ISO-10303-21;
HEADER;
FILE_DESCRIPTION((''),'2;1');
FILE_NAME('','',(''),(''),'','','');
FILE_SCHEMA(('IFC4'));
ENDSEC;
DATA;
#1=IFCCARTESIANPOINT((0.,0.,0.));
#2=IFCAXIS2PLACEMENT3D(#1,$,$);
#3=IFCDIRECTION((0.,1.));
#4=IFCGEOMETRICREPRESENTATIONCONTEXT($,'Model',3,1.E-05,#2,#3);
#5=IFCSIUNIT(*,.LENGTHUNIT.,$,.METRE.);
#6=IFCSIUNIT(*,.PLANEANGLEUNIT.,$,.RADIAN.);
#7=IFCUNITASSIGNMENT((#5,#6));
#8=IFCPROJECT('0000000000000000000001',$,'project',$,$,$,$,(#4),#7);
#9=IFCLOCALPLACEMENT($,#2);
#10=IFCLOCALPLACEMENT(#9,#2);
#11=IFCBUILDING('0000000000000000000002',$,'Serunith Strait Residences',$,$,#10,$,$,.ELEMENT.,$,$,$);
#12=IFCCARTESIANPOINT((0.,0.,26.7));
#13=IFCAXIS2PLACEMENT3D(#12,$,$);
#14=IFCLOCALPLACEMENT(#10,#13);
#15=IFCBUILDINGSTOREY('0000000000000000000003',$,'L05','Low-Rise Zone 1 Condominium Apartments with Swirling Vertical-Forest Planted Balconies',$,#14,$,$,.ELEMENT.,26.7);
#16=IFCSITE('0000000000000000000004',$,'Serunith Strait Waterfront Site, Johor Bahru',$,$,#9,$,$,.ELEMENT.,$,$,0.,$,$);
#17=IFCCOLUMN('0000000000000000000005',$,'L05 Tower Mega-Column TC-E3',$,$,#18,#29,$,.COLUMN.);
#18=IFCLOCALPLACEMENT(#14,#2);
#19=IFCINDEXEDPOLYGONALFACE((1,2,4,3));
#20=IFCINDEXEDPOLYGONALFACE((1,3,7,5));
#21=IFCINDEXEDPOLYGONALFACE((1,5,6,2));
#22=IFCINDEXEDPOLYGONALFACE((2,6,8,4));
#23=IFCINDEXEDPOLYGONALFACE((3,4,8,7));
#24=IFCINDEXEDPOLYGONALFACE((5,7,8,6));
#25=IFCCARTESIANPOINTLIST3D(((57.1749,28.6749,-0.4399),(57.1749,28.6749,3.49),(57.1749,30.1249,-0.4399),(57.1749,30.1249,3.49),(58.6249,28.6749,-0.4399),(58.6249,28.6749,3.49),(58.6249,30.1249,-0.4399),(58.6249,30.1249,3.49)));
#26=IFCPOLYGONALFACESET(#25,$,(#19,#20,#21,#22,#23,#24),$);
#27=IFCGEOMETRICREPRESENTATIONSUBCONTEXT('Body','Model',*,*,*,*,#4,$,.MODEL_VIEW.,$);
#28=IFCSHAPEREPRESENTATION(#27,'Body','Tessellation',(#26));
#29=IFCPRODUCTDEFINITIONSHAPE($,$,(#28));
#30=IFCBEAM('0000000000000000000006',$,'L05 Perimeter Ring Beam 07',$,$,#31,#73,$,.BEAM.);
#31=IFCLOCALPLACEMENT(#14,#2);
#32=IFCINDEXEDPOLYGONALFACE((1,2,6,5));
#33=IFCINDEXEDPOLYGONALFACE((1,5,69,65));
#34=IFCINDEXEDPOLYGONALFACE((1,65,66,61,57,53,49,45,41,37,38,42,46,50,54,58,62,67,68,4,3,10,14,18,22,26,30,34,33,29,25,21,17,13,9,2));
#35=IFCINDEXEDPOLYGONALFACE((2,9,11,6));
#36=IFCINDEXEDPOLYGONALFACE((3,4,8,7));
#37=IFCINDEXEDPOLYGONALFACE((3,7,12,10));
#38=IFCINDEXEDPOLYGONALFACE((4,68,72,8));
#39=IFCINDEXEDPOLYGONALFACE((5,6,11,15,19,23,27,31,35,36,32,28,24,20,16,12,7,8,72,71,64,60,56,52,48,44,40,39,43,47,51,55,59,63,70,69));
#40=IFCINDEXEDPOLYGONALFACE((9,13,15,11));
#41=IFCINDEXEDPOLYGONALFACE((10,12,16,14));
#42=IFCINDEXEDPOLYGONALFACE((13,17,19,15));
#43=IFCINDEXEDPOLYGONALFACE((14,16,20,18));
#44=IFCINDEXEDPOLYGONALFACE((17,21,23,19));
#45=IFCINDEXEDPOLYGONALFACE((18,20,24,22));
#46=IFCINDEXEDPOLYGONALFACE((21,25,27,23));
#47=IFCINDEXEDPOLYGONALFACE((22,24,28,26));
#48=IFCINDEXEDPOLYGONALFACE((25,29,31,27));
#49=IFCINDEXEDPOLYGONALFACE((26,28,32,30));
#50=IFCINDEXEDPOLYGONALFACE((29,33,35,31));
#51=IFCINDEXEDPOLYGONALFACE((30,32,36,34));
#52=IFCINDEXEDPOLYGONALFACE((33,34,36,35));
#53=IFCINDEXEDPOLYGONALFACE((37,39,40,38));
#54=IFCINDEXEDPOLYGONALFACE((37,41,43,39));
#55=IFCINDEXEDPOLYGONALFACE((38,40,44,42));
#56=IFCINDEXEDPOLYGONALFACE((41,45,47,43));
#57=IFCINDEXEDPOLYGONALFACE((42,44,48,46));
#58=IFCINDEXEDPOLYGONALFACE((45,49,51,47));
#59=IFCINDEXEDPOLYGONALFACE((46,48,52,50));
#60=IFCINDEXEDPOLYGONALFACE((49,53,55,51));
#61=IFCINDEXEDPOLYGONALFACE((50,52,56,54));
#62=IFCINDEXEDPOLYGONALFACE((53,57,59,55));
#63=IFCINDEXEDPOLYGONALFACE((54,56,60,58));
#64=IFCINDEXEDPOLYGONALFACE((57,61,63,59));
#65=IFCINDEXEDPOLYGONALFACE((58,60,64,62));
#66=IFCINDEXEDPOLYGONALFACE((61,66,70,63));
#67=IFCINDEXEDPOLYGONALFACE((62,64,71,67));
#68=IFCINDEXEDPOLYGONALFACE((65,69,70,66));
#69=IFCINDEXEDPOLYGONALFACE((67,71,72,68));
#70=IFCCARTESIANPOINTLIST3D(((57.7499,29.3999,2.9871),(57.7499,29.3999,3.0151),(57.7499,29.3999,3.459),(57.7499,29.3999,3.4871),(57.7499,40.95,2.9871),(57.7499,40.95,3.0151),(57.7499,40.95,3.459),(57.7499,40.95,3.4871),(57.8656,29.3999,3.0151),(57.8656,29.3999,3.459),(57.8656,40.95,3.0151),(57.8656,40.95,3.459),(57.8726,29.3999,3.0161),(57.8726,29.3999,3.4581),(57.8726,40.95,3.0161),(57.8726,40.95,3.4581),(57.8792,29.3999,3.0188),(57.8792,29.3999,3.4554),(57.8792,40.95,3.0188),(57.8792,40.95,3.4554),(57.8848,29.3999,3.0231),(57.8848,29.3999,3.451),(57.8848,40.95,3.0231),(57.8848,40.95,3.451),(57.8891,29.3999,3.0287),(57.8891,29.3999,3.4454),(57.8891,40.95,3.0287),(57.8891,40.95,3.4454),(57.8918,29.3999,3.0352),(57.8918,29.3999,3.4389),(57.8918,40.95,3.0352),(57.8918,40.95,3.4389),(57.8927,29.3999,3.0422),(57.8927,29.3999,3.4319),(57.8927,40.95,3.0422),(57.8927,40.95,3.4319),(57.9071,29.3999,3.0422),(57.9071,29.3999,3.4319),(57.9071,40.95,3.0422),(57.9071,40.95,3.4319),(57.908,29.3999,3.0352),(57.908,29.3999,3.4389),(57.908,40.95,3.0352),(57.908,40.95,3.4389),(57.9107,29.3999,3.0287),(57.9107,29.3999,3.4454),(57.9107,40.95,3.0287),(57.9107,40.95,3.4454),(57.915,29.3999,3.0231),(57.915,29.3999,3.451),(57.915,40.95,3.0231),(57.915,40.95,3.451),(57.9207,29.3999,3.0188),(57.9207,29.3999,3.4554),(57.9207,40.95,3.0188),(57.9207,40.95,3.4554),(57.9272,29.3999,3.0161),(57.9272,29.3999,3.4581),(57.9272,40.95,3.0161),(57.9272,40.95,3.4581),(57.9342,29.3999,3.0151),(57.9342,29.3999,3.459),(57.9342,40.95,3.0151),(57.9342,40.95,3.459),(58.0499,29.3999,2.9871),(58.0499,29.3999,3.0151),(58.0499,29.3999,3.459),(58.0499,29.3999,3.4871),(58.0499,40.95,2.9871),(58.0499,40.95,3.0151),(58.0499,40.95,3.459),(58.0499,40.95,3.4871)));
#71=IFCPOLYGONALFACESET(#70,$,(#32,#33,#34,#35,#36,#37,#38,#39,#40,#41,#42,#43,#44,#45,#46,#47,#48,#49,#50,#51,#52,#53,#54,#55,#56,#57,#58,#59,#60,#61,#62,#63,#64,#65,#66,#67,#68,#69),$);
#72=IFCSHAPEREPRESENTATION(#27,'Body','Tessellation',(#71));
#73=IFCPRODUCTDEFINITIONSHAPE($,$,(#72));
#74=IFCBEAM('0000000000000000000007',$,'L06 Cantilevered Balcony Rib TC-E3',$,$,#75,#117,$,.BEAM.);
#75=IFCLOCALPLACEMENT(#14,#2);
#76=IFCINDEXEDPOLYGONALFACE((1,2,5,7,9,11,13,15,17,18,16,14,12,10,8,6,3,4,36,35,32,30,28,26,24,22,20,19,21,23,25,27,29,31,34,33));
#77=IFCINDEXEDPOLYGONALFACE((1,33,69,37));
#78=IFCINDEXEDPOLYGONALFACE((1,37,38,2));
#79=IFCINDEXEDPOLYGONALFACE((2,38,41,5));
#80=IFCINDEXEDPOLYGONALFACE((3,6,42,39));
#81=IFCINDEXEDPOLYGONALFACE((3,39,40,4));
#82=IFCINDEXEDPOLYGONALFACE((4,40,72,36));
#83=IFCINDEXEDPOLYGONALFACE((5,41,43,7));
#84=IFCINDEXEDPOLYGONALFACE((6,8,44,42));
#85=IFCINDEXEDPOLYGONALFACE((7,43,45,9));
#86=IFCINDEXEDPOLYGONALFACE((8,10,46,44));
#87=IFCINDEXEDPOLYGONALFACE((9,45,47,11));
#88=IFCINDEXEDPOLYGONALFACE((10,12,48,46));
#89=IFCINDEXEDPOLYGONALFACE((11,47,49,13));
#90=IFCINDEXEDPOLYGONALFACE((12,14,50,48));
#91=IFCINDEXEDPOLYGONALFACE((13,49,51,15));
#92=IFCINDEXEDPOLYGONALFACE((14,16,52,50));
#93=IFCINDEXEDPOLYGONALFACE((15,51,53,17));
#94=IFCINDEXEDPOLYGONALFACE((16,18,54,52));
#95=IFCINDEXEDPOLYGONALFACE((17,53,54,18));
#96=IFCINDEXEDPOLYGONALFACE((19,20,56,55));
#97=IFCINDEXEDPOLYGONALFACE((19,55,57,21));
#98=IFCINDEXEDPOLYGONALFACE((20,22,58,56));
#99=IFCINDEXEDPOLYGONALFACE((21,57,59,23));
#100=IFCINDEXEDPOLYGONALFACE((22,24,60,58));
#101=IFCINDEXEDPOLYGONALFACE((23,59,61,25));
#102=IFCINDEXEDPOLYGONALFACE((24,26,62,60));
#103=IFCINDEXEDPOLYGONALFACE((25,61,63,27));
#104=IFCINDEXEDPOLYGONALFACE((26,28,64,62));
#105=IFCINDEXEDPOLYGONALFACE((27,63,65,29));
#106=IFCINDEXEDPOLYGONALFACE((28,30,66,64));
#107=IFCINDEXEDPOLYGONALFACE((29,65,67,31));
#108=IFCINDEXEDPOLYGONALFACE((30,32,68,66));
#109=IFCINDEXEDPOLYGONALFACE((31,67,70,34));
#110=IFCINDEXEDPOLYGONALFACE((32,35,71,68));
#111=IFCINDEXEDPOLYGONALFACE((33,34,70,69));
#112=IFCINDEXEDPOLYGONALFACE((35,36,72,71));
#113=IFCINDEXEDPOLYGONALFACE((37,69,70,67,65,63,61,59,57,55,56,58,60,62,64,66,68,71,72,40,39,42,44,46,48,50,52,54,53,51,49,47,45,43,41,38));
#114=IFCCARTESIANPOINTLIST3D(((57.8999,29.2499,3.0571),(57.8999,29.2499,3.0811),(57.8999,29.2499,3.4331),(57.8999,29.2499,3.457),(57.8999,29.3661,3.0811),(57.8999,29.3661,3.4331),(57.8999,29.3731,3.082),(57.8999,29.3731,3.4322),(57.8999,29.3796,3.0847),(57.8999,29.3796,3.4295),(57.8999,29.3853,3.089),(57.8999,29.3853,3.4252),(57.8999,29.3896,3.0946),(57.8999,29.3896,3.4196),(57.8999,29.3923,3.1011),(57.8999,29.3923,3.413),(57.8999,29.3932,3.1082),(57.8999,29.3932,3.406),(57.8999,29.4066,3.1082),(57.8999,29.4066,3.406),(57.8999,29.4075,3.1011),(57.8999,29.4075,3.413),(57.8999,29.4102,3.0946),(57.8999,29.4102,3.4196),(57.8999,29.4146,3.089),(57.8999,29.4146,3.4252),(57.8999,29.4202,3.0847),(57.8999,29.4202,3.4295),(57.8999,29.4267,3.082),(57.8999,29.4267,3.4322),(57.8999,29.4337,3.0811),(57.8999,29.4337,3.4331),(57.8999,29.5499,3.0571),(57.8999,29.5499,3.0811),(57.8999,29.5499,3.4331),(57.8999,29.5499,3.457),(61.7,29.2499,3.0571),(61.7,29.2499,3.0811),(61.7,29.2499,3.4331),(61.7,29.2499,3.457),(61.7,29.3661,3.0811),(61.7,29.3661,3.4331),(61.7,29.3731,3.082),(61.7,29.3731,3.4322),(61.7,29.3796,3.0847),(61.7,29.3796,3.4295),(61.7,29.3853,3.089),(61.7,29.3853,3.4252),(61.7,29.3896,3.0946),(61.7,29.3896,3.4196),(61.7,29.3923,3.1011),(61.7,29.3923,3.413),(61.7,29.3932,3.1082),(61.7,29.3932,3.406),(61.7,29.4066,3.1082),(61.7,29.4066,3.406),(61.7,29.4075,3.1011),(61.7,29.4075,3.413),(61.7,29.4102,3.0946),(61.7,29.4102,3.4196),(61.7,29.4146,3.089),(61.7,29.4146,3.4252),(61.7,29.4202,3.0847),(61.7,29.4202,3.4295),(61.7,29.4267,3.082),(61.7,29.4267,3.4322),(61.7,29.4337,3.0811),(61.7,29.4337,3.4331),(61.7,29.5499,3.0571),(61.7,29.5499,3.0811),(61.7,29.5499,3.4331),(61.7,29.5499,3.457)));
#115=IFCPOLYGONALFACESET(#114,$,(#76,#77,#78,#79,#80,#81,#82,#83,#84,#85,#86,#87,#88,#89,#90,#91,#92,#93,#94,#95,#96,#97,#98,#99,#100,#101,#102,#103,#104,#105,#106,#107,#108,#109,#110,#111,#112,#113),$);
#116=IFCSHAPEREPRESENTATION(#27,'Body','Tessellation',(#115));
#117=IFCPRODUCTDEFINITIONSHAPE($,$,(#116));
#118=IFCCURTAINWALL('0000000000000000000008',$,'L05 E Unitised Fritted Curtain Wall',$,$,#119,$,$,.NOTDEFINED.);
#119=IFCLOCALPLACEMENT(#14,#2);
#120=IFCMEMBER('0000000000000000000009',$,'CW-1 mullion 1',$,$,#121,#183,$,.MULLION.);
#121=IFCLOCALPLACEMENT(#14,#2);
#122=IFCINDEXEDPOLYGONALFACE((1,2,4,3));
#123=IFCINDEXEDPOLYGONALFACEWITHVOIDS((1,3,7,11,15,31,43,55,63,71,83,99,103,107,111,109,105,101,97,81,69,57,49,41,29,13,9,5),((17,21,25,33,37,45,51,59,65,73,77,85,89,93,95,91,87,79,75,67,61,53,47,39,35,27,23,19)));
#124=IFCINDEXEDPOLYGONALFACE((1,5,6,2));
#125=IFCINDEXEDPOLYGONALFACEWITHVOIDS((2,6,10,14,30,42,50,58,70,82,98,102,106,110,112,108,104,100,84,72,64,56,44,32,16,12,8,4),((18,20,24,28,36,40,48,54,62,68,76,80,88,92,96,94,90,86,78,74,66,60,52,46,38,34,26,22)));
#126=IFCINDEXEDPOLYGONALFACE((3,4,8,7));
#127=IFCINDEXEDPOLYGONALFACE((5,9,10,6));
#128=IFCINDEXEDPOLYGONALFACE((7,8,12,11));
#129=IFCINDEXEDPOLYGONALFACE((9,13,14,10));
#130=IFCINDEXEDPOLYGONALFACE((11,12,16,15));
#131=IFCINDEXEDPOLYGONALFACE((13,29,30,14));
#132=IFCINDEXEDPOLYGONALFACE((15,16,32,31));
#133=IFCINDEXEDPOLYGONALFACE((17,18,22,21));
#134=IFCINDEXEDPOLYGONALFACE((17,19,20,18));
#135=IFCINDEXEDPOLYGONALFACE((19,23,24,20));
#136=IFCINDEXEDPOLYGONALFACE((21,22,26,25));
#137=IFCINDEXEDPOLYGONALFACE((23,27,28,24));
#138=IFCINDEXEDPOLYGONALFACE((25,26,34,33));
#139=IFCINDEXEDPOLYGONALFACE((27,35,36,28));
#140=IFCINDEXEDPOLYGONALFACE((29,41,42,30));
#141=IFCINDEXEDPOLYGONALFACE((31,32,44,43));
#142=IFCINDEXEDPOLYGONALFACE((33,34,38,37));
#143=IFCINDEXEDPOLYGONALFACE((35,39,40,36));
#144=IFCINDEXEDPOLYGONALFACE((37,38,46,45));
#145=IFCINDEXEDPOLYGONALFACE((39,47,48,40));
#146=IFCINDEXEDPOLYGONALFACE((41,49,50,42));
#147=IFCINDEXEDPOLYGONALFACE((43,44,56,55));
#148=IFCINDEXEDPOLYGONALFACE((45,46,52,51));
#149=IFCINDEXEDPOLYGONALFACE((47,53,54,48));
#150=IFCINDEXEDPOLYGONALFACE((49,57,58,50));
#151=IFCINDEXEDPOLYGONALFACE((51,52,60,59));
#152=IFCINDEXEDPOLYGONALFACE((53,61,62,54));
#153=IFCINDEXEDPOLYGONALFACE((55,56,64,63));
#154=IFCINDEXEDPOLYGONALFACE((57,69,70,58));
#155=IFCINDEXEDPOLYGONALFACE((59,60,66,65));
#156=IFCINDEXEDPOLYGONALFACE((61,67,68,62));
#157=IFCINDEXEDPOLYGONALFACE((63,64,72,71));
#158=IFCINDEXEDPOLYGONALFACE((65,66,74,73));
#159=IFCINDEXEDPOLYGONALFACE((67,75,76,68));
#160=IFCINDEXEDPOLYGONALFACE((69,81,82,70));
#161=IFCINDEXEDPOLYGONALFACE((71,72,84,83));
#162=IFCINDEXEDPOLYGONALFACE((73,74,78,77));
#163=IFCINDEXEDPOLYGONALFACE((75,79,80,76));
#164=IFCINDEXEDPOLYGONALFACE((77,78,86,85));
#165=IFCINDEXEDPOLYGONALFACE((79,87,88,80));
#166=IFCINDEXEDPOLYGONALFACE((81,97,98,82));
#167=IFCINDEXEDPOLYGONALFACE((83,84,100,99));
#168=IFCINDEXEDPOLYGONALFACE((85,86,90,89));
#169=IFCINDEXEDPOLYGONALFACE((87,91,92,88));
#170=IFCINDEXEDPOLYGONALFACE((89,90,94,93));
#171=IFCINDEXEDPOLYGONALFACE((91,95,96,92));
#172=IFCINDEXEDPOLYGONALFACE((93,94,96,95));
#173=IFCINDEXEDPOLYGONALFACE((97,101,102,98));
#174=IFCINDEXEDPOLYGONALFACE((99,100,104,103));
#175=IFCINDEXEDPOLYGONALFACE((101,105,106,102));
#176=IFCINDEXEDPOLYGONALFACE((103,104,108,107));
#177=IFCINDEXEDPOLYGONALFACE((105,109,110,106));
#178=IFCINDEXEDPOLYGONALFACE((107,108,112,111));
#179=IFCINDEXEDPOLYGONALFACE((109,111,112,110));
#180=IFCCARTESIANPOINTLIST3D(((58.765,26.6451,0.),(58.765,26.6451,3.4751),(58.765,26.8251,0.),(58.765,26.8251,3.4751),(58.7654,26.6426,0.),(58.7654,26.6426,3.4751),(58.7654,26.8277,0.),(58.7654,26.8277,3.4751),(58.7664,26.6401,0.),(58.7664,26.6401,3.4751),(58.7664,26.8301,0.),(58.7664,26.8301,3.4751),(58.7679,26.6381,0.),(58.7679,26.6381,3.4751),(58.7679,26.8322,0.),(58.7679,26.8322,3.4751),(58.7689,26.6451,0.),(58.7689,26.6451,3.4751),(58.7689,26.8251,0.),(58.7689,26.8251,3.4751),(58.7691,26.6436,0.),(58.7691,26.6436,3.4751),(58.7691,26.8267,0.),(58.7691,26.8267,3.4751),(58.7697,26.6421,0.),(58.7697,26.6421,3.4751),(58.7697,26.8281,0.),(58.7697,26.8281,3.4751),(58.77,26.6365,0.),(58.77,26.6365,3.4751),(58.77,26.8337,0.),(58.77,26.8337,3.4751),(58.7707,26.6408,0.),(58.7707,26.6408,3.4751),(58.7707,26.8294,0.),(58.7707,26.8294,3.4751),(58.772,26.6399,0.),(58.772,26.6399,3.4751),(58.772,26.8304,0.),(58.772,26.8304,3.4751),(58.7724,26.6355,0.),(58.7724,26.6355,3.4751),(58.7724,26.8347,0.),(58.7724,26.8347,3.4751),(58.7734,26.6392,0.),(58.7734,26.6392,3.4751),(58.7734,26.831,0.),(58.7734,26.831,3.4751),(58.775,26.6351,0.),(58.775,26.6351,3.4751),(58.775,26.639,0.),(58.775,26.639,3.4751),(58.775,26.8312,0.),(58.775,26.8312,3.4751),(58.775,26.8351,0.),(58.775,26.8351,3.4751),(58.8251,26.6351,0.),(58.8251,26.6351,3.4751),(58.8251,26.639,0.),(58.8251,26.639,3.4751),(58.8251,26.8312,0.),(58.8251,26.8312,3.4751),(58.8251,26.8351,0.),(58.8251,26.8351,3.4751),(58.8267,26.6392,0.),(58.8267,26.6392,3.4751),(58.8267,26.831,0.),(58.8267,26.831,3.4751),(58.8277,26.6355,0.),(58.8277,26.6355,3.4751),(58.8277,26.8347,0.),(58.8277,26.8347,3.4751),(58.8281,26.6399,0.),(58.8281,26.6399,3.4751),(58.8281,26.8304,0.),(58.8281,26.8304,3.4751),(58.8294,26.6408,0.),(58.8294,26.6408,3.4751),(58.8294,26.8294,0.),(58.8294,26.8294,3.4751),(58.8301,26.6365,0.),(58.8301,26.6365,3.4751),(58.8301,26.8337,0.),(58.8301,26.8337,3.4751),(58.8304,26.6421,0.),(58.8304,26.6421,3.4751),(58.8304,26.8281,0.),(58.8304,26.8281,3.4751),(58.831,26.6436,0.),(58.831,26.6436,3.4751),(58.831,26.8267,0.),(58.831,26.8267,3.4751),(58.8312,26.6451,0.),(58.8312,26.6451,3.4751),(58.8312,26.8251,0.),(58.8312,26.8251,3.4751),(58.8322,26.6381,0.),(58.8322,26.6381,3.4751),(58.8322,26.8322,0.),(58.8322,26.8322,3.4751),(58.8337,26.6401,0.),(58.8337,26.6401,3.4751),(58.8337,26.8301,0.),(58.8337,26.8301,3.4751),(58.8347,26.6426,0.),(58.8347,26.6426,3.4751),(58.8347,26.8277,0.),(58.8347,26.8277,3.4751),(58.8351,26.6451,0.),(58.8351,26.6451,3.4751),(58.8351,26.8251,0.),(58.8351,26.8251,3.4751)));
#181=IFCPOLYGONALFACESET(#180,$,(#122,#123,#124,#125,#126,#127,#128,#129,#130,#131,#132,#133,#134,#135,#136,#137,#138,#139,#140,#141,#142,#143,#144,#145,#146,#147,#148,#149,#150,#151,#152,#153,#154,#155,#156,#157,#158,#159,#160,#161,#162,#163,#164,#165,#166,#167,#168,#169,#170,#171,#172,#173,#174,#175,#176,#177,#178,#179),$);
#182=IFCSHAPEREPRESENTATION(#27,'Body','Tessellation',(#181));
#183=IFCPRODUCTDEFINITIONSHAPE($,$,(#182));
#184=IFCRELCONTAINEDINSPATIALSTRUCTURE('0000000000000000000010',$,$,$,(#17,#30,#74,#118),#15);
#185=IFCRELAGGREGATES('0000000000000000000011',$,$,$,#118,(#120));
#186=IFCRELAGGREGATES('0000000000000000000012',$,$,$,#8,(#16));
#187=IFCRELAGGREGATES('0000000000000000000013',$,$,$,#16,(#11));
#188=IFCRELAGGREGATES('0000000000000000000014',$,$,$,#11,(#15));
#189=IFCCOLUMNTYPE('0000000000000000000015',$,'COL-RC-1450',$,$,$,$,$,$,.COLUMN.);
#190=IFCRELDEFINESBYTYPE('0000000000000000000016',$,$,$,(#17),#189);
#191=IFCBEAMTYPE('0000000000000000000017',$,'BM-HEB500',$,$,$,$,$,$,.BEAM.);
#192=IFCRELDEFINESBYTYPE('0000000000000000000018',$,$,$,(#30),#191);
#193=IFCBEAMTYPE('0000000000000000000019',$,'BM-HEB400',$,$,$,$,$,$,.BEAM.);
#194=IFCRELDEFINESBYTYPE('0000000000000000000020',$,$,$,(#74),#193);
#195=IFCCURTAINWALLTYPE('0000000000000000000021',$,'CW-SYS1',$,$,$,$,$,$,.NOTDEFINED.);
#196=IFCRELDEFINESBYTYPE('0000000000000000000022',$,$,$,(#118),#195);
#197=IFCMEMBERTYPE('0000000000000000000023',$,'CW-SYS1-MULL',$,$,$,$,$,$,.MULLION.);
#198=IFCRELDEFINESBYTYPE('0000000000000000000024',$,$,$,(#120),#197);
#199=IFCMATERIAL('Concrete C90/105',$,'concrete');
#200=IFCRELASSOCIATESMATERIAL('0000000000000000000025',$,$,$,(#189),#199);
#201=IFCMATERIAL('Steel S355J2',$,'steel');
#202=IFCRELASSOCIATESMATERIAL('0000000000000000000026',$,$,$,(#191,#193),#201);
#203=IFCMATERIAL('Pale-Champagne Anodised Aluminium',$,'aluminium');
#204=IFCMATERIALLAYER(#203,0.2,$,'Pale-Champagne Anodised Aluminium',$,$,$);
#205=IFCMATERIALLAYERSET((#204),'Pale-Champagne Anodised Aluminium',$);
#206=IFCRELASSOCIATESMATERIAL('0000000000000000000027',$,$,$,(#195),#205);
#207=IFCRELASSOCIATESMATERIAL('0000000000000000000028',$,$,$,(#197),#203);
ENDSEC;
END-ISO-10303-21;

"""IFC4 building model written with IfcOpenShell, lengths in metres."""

from ifc_helpers import new_model, si_unit, direction, frame, origin, origin_2d, place, context, subcontext, project, spatial, rectangle, hollow_rectangle, i_section, extrude, source, transform, mapped, material, layer, layer_set, material_profile, profile_set, type_object, element, aggregate, save


model = new_model("IFC4")

# Units and contexts
model_context = context("Model", 3, precision=1e-05, world=origin(), true_north=direction((0.0, 1.0)))
body_context = subcontext(model_context, "Body", "Model", "MODEL_VIEW")
ifc_project = project(units=[si_unit("LENGTHUNIT", "METRE"), si_unit("PLANEANGLEUNIT", "RADIAN")], contexts=[model_context])

# Site, building, storey
site_placement = place(None, origin())
site = spatial("IfcSite", under=ifc_project, at=site_placement, Name="Serunith Strait Waterfront Site, Johor Bahru", CompositionType="ELEMENT", RefElevation=0.0)
building_placement = place(site_placement, origin())
building = spatial("IfcBuilding", under=site, at=building_placement, Name="Serunith Strait Residences", CompositionType="ELEMENT")
storey_placement = place(building_placement, frame((0.0, 0.0, 26.7)))
storey = spatial("IfcBuildingStorey", under=building, at=storey_placement, Name="L05", Description="Low-Rise Zone 1 Condominium Apartments with Swirling Vertical-Forest Planted Balconies", CompositionType="ELEMENT", Elevation=26.7)

# Column
ifc_material_1 = material(Name="Concrete C90/105", Category="concrete")
ifc_material_profile_1 = material_profile(ifc_material_1, rectangle(XDim=1.45, YDim=1.45, at=origin_2d()), Name="RC 1450x1450")
ifc_profile_set_1 = profile_set([ifc_material_profile_1], Name="Concrete C90/105")
column_type = type_object("IfcColumnType", Name="COL-RC-1450", PredefinedType="COLUMN", material=ifc_profile_set_1)
shared_shape_1 = source(origin(), body_context, "Body", "SweptSolid", [
    extrude(rectangle(XDim=1.45, YDim=1.45, at=origin_2d()), origin(), (0.0, 0.0, 1.0), 3.9299),
])
column_placement = place(storey_placement, frame((57.8999, 29.3999, -0.4399), z_axis=(0.0, 0.0, 1.0), x_axis=(1.0, 0.0, 0.0)))
element("IfcColumn", 1, at=column_placement, inside=storey, type_object=column_type, Name="L05 Tower Mega-Column TC-E3", PredefinedType="COLUMN", context=body_context, shape_type="MappedRepresentation", body=[
    mapped(shared_shape_1, transform((0.0, 0.0, 0.0), scale=1.0)),
])

# Beams
ifc_material_2 = material(Name="Steel S355J2", Category="steel")
ifc_material_profile_2 = material_profile(ifc_material_2, i_section(OverallWidth=0.3, OverallDepth=0.5, WebThickness=0.0144, FlangeThickness=0.0281, FilletRadius=0.0271, at=origin_2d()), Name="HEB 500")
ifc_profile_set_2 = profile_set([ifc_material_profile_2], Name="Steel S355J2")
beam_type_1 = type_object("IfcBeamType", Name="BM-HEB500", PredefinedType="BEAM", material=ifc_profile_set_2)
shared_shape_2 = source(origin(), body_context, "Body", "SweptSolid", [
    extrude(i_section(OverallWidth=0.3, OverallDepth=0.5, WebThickness=0.0144, FlangeThickness=0.0281, FilletRadius=0.0271, at=origin_2d()), origin(), (0.0, 0.0, 1.0), 11.55),
])
beam_1_placement = place(storey_placement, frame((57.8999, 29.3999, 3.2371), z_axis=(0.0, 1.0, 0.0), x_axis=(-1.0, 0.0, 0.0)))
element("IfcBeam", 2, at=beam_1_placement, inside=storey, type_object=beam_type_1, Name="L05 Perimeter Ring Beam 07", PredefinedType="BEAM", context=body_context, shape_type="MappedRepresentation", body=[
    mapped(shared_shape_2, transform((0.0, 0.0, 0.0), scale=1.0)),
])
ifc_material_profile_3 = material_profile(ifc_material_2, i_section(OverallWidth=0.3, OverallDepth=0.3999, WebThickness=0.0134, FlangeThickness=0.0239, FilletRadius=0.0271, at=origin_2d()), Name="HEB 400")
ifc_profile_set_3 = profile_set([ifc_material_profile_3], Name="Steel S355J2")
beam_type_2 = type_object("IfcBeamType", Name="BM-HEB400", PredefinedType="BEAM", material=ifc_profile_set_3)
shared_shape_3 = source(origin(), body_context, "Body", "SweptSolid", [
    extrude(i_section(OverallWidth=0.3, OverallDepth=0.3999, WebThickness=0.0134, FlangeThickness=0.0239, FilletRadius=0.0271, at=origin_2d()), origin(), (0.0, 0.0, 1.0), 3.8),
])
beam_2_placement = place(storey_placement, frame((57.8999, 29.3999, 3.2571), z_axis=(1.0, 0.0, 0.0), x_axis=(0.0, 1.0, 0.0)))
element("IfcBeam", 3, at=beam_2_placement, inside=storey, type_object=beam_type_2, Name="L06 Cantilevered Balcony Rib TC-E3", PredefinedType="BEAM", context=body_context, shape_type="MappedRepresentation", body=[
    mapped(shared_shape_3, transform((0.0, 0.0, 0.0), scale=1.0)),
])

# Curtain wall, member
ifc_material_3 = material(Name="Pale-Champagne Anodised Aluminium", Category="aluminium")
ifc_layer_1 = layer(ifc_material_3, 0.2, Name="Pale-Champagne Anodised Aluminium")
ifc_layer_set_1 = layer_set([ifc_layer_1], Name="Pale-Champagne Anodised Aluminium")
curtain_wall_type = type_object("IfcCurtainWallType", Name="CW-SYS1", PredefinedType="NOTDEFINED", material=ifc_layer_set_1)
curtain_wall_placement = place(storey_placement, origin())
curtain_wall = element("IfcCurtainWall", 4, at=curtain_wall_placement, inside=storey, type_object=curtain_wall_type, Name="L05 E Unitised Fritted Curtain Wall", PredefinedType="NOTDEFINED")
ifc_material_profile_4 = material_profile(ifc_material_3, hollow_rectangle(XDim=0.0701, YDim=0.2, WallThickness=0.0039, InnerFilletRadius=0.0061, OuterFilletRadius=0.01, at=origin_2d()), Name="ALU 200x70x4")
ifc_profile_set_4 = profile_set([ifc_material_profile_4], Name="Pale-Champagne Anodised Aluminium")
member_type_1 = type_object("IfcMemberType", Name="CW-SYS1-MULL", PredefinedType="MULLION", material=ifc_profile_set_4)
shared_shape_4 = source(origin(), body_context, "Body", "SweptSolid", [
    extrude(hollow_rectangle(XDim=0.0701, YDim=0.2, WallThickness=0.0039, InnerFilletRadius=0.0061, OuterFilletRadius=0.01, at=origin_2d()), origin(), (0.0, 0.0, 1.0), 3.4751),
])
member_1_placement = place(storey_placement, frame((58.8, 26.7351, 0.0), z_axis=(0.0, 0.0, 1.0), x_axis=(-1.0, 0.0, 0.0)))
member_1 = element("IfcMember", 5, at=member_1_placement, type_object=member_type_1, Name="CW-1 mullion 1", PredefinedType="MULLION", context=body_context, shape_type="MappedRepresentation", body=[
    mapped(shared_shape_4, transform((0.0, 0.0, 0.0), scale=1.0)),
])
aggregate(curtain_wall, [member_1])

save(model, "model.ifc")
